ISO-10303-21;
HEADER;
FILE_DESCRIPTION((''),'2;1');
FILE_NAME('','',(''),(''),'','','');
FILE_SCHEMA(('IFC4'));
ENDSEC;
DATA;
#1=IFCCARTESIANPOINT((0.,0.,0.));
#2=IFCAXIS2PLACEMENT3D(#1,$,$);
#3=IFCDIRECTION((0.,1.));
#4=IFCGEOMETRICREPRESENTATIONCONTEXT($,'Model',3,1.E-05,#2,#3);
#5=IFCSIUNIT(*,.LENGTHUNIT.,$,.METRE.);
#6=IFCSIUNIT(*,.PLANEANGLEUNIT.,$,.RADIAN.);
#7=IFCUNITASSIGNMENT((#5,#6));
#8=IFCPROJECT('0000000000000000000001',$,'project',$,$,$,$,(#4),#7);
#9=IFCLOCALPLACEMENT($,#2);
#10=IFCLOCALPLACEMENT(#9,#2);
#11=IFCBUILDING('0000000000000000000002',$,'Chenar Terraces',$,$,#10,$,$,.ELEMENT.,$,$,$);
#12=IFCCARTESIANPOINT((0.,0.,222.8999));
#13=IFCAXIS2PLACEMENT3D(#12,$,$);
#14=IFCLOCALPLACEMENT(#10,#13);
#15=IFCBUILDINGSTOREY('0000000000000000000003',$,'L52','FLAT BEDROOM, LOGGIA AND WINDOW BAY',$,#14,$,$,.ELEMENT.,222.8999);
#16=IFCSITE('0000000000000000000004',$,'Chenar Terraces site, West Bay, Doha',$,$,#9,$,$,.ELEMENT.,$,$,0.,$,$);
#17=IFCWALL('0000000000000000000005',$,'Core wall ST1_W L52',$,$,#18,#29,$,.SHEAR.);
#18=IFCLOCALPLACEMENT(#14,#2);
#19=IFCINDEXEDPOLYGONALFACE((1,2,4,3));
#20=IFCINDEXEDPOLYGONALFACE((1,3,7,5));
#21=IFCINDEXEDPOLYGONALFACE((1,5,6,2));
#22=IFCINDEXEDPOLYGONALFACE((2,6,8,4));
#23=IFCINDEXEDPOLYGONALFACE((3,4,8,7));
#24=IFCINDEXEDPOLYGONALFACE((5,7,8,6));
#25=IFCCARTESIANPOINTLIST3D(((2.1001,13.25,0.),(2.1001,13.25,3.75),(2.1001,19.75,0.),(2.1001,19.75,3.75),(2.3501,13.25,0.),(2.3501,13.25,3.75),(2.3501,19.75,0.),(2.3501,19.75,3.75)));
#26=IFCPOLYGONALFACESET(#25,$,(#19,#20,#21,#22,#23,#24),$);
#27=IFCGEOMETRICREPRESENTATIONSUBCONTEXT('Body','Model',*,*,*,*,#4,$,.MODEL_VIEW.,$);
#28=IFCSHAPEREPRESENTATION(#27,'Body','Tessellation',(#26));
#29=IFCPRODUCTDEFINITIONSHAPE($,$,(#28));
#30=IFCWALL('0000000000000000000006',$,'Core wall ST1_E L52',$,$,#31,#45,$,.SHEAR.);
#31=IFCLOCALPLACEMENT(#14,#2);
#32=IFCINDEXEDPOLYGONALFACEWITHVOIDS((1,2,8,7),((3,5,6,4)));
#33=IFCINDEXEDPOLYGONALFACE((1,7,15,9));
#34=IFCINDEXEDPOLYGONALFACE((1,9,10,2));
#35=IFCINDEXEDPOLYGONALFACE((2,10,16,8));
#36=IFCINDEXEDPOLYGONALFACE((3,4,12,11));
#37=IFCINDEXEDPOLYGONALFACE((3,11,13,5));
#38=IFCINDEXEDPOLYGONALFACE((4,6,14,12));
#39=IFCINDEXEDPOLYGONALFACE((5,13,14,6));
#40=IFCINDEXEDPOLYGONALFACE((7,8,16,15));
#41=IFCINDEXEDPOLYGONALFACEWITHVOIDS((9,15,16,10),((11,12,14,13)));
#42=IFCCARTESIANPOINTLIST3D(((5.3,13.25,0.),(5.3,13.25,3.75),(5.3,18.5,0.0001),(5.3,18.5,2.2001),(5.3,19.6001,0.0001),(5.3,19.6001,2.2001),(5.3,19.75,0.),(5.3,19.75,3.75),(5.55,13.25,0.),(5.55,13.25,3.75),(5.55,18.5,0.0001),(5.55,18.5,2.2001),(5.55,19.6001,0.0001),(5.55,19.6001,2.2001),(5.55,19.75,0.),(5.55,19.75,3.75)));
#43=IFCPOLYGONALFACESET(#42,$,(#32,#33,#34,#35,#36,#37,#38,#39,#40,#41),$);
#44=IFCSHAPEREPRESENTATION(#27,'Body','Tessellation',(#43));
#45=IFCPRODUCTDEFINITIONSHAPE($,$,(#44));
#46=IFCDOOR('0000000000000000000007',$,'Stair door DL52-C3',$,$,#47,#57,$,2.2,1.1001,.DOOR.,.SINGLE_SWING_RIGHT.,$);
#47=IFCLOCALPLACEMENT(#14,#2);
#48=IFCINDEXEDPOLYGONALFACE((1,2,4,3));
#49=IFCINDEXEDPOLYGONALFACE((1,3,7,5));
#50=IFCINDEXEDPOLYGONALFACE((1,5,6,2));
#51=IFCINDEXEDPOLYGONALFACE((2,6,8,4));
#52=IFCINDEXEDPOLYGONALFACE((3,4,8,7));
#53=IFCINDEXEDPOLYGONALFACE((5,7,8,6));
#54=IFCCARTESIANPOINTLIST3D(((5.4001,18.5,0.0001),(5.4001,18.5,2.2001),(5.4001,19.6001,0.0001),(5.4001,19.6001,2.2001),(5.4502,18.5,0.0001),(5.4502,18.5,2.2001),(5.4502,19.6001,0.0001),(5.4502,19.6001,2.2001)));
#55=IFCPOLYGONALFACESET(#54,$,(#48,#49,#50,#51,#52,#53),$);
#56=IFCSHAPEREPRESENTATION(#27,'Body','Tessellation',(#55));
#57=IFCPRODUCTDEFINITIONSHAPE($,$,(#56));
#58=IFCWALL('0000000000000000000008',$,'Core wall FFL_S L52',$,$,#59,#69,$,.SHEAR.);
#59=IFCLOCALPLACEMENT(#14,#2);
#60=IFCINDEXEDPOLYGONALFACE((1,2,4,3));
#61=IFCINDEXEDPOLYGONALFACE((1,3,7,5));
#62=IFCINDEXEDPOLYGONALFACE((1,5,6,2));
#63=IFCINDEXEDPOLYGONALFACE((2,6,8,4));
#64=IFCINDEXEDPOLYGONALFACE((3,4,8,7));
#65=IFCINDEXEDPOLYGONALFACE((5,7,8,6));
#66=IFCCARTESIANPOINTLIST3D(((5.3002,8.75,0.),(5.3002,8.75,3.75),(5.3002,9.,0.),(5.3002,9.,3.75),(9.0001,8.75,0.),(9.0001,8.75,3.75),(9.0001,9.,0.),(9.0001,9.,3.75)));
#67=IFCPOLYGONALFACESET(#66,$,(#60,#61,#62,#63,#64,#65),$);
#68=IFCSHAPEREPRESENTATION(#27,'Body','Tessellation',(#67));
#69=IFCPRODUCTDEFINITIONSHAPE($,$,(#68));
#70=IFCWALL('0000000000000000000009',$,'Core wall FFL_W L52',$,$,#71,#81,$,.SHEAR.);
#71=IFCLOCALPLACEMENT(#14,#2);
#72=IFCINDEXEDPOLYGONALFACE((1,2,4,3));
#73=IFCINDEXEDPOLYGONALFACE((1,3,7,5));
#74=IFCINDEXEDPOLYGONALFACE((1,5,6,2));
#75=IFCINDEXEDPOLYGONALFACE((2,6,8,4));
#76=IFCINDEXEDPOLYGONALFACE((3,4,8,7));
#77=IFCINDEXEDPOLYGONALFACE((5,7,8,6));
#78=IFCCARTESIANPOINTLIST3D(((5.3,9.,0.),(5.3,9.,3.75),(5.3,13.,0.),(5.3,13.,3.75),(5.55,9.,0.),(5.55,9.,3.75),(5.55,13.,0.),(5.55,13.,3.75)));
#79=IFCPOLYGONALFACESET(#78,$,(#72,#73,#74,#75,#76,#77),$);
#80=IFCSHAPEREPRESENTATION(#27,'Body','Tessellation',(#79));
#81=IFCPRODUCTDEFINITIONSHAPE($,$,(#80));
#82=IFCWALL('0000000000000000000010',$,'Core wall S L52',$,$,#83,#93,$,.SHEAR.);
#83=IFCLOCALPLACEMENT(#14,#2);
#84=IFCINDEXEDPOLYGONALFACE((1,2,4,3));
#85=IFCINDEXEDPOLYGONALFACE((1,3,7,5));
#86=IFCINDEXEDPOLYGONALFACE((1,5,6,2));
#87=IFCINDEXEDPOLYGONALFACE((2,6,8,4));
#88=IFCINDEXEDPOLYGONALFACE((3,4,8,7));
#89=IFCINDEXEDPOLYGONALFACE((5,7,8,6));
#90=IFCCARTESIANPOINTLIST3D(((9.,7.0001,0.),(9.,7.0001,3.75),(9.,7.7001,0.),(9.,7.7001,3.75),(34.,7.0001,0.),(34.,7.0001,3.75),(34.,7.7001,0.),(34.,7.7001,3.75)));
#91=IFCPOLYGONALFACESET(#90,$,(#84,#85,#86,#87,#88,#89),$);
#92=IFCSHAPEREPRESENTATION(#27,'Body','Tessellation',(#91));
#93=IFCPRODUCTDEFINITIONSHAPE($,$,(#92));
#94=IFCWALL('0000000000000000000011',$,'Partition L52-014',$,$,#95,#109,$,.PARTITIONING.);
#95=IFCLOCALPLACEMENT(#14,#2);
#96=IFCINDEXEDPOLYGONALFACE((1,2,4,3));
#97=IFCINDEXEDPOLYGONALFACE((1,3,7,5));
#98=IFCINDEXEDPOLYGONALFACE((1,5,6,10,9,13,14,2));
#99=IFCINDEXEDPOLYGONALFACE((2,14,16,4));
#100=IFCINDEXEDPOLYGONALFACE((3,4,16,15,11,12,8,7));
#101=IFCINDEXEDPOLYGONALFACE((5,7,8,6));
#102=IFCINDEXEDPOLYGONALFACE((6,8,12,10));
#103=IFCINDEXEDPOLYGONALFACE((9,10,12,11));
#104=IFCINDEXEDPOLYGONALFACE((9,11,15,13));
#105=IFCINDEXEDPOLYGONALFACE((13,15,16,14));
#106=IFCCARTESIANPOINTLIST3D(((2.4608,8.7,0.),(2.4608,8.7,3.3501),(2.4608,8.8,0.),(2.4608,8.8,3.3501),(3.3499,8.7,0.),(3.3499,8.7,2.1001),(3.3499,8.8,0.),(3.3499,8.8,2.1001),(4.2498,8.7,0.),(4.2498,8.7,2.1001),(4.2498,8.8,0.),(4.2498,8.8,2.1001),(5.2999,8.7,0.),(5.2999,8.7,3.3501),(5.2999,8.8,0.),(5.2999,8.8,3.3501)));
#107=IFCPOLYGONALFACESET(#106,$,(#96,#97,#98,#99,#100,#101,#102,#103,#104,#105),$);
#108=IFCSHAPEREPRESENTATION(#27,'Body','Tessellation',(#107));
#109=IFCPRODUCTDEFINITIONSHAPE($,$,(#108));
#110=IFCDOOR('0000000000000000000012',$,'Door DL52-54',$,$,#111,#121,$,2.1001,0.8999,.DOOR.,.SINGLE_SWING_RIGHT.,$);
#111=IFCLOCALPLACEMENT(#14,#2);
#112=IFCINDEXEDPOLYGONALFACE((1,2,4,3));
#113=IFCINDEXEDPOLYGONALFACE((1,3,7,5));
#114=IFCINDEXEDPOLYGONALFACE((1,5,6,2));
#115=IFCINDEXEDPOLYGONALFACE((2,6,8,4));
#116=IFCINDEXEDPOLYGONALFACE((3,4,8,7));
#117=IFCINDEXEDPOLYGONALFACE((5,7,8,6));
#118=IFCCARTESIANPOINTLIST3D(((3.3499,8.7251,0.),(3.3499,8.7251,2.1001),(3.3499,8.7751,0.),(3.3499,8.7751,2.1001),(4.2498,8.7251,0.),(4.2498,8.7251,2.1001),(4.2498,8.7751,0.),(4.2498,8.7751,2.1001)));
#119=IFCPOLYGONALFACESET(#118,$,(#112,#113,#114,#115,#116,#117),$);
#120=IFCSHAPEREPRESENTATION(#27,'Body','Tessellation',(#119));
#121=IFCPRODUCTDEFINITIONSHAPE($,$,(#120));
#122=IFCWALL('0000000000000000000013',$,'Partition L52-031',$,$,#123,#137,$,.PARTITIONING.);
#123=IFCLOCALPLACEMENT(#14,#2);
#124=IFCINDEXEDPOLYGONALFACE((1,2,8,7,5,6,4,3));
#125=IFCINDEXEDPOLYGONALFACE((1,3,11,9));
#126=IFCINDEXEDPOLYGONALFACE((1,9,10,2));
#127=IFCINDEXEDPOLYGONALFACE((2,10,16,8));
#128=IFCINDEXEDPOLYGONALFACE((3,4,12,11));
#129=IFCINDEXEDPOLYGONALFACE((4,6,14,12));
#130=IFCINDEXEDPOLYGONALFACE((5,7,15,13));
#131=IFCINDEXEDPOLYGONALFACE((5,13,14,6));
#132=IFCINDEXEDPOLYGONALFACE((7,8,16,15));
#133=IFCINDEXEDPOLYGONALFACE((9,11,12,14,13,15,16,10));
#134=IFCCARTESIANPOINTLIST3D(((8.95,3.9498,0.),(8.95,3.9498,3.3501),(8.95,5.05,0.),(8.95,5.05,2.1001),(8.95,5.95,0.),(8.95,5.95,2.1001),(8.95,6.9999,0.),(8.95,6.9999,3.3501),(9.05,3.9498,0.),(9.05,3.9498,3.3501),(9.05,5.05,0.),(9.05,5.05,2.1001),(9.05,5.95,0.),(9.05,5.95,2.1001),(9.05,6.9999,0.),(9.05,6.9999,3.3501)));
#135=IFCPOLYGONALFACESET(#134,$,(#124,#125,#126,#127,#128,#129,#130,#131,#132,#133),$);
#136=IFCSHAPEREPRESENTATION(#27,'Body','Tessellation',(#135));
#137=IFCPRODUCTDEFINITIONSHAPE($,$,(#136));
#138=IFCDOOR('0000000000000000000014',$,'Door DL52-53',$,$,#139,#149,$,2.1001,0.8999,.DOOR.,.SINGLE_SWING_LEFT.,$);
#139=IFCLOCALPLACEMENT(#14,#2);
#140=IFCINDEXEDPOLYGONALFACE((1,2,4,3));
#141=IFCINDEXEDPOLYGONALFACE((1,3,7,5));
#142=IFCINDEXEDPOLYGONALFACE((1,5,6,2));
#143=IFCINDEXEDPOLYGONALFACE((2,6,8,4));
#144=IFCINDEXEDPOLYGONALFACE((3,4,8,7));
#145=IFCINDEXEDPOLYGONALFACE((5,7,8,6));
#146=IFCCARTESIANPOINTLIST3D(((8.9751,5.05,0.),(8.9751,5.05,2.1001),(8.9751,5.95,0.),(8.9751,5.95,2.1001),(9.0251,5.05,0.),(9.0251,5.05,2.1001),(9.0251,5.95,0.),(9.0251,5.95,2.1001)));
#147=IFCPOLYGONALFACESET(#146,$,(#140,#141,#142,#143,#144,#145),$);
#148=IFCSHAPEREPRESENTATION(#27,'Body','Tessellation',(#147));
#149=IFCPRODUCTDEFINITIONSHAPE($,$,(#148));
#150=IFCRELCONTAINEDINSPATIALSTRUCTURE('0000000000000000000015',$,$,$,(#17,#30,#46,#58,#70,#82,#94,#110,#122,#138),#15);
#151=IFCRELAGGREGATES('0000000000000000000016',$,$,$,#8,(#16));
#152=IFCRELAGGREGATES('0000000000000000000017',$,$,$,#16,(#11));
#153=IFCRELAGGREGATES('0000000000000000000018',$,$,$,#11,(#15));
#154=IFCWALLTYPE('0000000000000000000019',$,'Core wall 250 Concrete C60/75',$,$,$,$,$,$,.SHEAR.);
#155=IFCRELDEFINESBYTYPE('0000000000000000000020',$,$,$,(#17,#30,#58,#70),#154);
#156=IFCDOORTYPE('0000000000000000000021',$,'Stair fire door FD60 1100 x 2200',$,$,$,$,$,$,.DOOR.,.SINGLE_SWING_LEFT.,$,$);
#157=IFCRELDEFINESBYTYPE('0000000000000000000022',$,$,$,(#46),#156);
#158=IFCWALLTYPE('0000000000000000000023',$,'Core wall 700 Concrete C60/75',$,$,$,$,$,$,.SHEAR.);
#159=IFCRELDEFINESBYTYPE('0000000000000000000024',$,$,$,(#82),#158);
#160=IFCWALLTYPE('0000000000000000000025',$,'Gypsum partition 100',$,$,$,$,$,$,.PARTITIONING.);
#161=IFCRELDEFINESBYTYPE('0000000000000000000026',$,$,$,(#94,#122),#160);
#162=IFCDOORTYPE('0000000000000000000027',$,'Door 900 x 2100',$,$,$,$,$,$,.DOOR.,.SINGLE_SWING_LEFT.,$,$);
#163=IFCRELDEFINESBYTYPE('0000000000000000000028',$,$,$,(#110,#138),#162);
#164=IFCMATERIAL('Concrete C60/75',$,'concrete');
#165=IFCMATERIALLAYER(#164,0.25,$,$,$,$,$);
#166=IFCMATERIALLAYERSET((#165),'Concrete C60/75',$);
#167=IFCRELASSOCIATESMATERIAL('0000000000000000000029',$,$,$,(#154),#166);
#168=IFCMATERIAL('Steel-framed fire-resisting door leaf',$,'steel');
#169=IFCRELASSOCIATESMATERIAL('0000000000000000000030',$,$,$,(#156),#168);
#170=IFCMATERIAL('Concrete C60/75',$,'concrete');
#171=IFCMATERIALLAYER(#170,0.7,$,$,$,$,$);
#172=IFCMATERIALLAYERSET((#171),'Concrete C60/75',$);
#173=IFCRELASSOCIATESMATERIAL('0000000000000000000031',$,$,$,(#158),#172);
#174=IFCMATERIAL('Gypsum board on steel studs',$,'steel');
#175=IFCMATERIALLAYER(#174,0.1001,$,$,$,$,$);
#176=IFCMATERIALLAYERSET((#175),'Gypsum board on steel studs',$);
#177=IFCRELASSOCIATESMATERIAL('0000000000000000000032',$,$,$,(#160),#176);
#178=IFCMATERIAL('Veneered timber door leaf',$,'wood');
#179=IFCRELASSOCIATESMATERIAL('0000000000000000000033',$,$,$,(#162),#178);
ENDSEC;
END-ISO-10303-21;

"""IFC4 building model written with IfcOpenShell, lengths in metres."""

from ifc_helpers import new_model, si_unit, direction, frame, frame_2d, origin, place, context, subcontext, project, spatial, rectangle, extrude, material, layer, layer_set, type_object, element, fill, save


model = new_model("IFC4")

# Units and contexts
model_context = context("Model", 3, precision=1e-05, world=origin(), true_north=direction((0.0, 1.0)))
body_context = subcontext(model_context, "Body", "Model", "MODEL_VIEW")
ifc_project = project(units=[si_unit("LENGTHUNIT", "METRE"), si_unit("PLANEANGLEUNIT", "RADIAN")], contexts=[model_context])

# Site, building, storey
site_placement = place(None, origin())
site = spatial("IfcSite", under=ifc_project, at=site_placement, Name="Chenar Terraces site, West Bay, Doha", CompositionType="ELEMENT", RefElevation=0.0)
building_placement = place(site_placement, origin())
building = spatial("IfcBuilding", under=site, at=building_placement, Name="Chenar Terraces", CompositionType="ELEMENT")
storey_placement = place(building_placement, frame((0.0, 0.0, 222.8999)))
storey = spatial("IfcBuildingStorey", under=building, at=storey_placement, Name="L52", Description="FLAT BEDROOM, LOGGIA AND WINDOW BAY", CompositionType="ELEMENT", Elevation=222.8999)

# Wall
ifc_material_1 = material(Name="Concrete C60/75", Category="concrete")
ifc_layer_1 = layer(ifc_material_1, 0.25)
ifc_layer_set_1 = layer_set([ifc_layer_1], Name="Concrete C60/75")
wall_type_1 = type_object("IfcWallType", Name="Core wall 250 Concrete C60/75", PredefinedType="SHEAR", material=ifc_layer_set_1)
wall_1_placement = place(storey_placement, frame((2.2251, 13.25, 0.0), z_axis=(0.0, 0.0, 1.0), x_axis=(0.0, 1.0, 0.0)))
element("IfcWall", 1, at=wall_1_placement, inside=storey, type_object=wall_type_1, Name="Core wall ST1_W L52", PredefinedType="SHEAR", context=body_context, shape_type="SweptSolid", body=[
    extrude(rectangle(XDim=6.5, YDim=0.25, at=frame_2d((3.25, 0.0))), origin(), (0.0, 0.0, 1.0), 3.75),
])

# Wall, opening, door
wall_2_placement = place(storey_placement, frame((5.425, 13.25, 0.0), z_axis=(0.0, 0.0, 1.0), x_axis=(0.0, 1.0, 0.0)))
wall_2 = element("IfcWall", 2, at=wall_2_placement, inside=storey, type_object=wall_type_1, Name="Core wall ST1_E L52", PredefinedType="SHEAR", context=body_context, shape_type="SweptSolid", body=[
    extrude(rectangle(XDim=6.5, YDim=0.25, at=frame_2d((3.25, 0.0))), origin(), (0.0, 0.0, 1.0), 3.75),
])
opening_1_placement = place(wall_2_placement, frame((5.25, 0.0, 0.0)))
opening_1 = element("IfcOpeningElement", 3, at=opening_1_placement, cuts=wall_2, PredefinedType="OPENING", context=body_context, shape_type="SweptSolid", body=[
    extrude(rectangle(XDim=1.1001, YDim=2.2, at=frame_2d((0.55, 1.1001))), frame((0.0, 0.135, 0.0), z_axis=(0.0, -1.0, 0.0), x_axis=(1.0, 0.0, 0.0)), (0.0, 0.0, 1.0), 0.27),
])
ifc_material_2 = material(Name="Steel-framed fire-resisting door leaf", Category="steel")
door_type_1 = type_object("IfcDoorType", Name="Stair fire door FD60 1100 x 2200", OperationType="SINGLE_SWING_LEFT", PredefinedType="DOOR", material=ifc_material_2)
door_1_placement = place(opening_1_placement, origin())
door_1 = element("IfcDoor", 4, at=door_1_placement, inside=storey, type_object=door_type_1, Name="Stair door DL52-C3", OperationType="SINGLE_SWING_RIGHT", OverallHeight=2.2, OverallWidth=1.1001, PredefinedType="DOOR", context=body_context, shape_type="SweptSolid", body=[
    extrude(rectangle(XDim=1.1001, YDim=2.2, at=frame_2d((0.55, 1.1001))), frame((0.0, 0.0249, 0.0), z_axis=(0.0, -1.0, 0.0), x_axis=(1.0, 0.0, 0.0)), (0.0, 0.0, 1.0), 0.05),
])
fill(opening_1, door_1)

# Walls
wall_3_placement = place(storey_placement, frame((5.3, 8.875, 0.0), z_axis=(0.0, 0.0, 1.0), x_axis=(1.0, 0.0, 0.0)))
element("IfcWall", 5, at=wall_3_placement, inside=storey, type_object=wall_type_1, Name="Core wall FFL_S L52", PredefinedType="SHEAR", context=body_context, shape_type="SweptSolid", body=[
    extrude(rectangle(XDim=3.7, YDim=0.25, at=frame_2d((1.8501, 0.0))), origin(), (0.0, 0.0, 1.0), 3.75),
])
wall_4_placement = place(storey_placement, frame((5.425, 9.0, 0.0), z_axis=(0.0, 0.0, 1.0), x_axis=(0.0, 1.0, 0.0)))
element("IfcWall", 6, at=wall_4_placement, inside=storey, type_object=wall_type_1, Name="Core wall FFL_W L52", PredefinedType="SHEAR", context=body_context, shape_type="SweptSolid", body=[
    extrude(rectangle(XDim=4.0, YDim=0.25, at=frame_2d((2.0, 0.0))), origin(), (0.0, 0.0, 1.0), 3.75),
])
ifc_material_3 = material(Name="Concrete C60/75", Category="concrete")
ifc_layer_2 = layer(ifc_material_3, 0.7)
ifc_layer_set_2 = layer_set([ifc_layer_2], Name="Concrete C60/75")
wall_type_2 = type_object("IfcWallType", Name="Core wall 700 Concrete C60/75", PredefinedType="SHEAR", material=ifc_layer_set_2)
wall_5_placement = place(storey_placement, frame((9.0, 7.3501, 0.0), z_axis=(0.0, 0.0, 1.0), x_axis=(1.0, 0.0, 0.0)))
element("IfcWall", 7, at=wall_5_placement, inside=storey, type_object=wall_type_2, Name="Core wall S L52", PredefinedType="SHEAR", context=body_context, shape_type="SweptSolid", body=[
    extrude(rectangle(XDim=25.0, YDim=0.7, at=frame_2d((12.5, 0.0))), origin(), (0.0, 0.0, 1.0), 3.75),
])

# Walls, openings, doors
ifc_material_4 = material(Name="Gypsum board on steel studs", Category="steel")
ifc_layer_3 = layer(ifc_material_4, 0.1001)
ifc_layer_set_3 = layer_set([ifc_layer_3], Name="Gypsum board on steel studs")
wall_type_3 = type_object("IfcWallType", Name="Gypsum partition 100", PredefinedType="PARTITIONING", material=ifc_layer_set_3)
wall_6_placement = place(storey_placement, frame((2.4609, 8.75, 0.0), z_axis=(0.0, 0.0, 1.0), x_axis=(1.0, 0.0, 0.0)))
wall_6 = element("IfcWall", 8, at=wall_6_placement, inside=storey, type_object=wall_type_3, Name="Partition L52-014", PredefinedType="PARTITIONING", context=body_context, shape_type="SweptSolid", body=[
    extrude(rectangle(XDim=2.8391, YDim=0.1001, at=frame_2d((1.4194, 0.0))), origin(), (0.0, 0.0, 1.0), 3.3501),
])
opening_2_placement = place(wall_6_placement, frame((0.8889, 0.0, 0.0)))
opening_2 = element("IfcOpeningElement", 9, at=opening_2_placement, cuts=wall_6, PredefinedType="OPENING", context=body_context, shape_type="SweptSolid", body=[
    extrude(rectangle(XDim=0.8999, YDim=2.1001, at=frame_2d((0.45, 1.05))), frame((0.0, 0.0601, 0.0), z_axis=(0.0, -1.0, 0.0), x_axis=(1.0, 0.0, 0.0)), (0.0, 0.0, 1.0), 0.1201),
])
ifc_material_5 = material(Name="Veneered timber door leaf", Category="wood")
door_type_2 = type_object("IfcDoorType", Name="Door 900 x 2100", OperationType="SINGLE_SWING_LEFT", PredefinedType="DOOR", material=ifc_material_5)
door_2_placement = place(opening_2_placement, frame((0.8999, 0.0, 0.0), z_axis=(0.0, 0.0, 1.0), x_axis=(-1.0, 0.0, 0.0)))
door_2 = element("IfcDoor", 10, at=door_2_placement, inside=storey, type_object=door_type_2, Name="Door DL52-54", OperationType="SINGLE_SWING_RIGHT", OverallHeight=2.1001, OverallWidth=0.8999, PredefinedType="DOOR", context=body_context, shape_type="SweptSolid", body=[
    extrude(rectangle(XDim=0.8999, YDim=2.1001, at=frame_2d((0.45, 1.05))), frame((0.0, 0.0249, 0.0), z_axis=(0.0, -1.0, 0.0), x_axis=(1.0, 0.0, 0.0)), (0.0, 0.0, 1.0), 0.05),
])
fill(opening_2, door_2)
wall_7_placement = place(storey_placement, frame((9.0, 3.95, 0.0), z_axis=(0.0, 0.0, 1.0), x_axis=(0.0, 1.0, 0.0)))
wall_7 = element("IfcWall", 11, at=wall_7_placement, inside=storey, type_object=wall_type_3, Name="Partition L52-031", PredefinedType="PARTITIONING", context=body_context, shape_type="SweptSolid", body=[
    extrude(rectangle(XDim=3.05, YDim=0.1001, at=frame_2d((1.5249, 0.0))), origin(), (0.0, 0.0, 1.0), 3.3501),
])
opening_3_placement = place(wall_7_placement, frame((1.1001, 0.0, 0.0)))
opening_3 = element("IfcOpeningElement", 12, at=opening_3_placement, cuts=wall_7, PredefinedType="OPENING", context=body_context, shape_type="SweptSolid", body=[
    extrude(rectangle(XDim=0.8999, YDim=2.1001, at=frame_2d((0.45, 1.05))), frame((0.0, 0.0601, 0.0), z_axis=(0.0, -1.0, 0.0), x_axis=(1.0, 0.0, 0.0)), (0.0, 0.0, 1.0), 0.1201),
])
door_3_placement = place(opening_3_placement, origin())
door_3 = element("IfcDoor", 13, at=door_3_placement, inside=storey, type_object=door_type_2, Name="Door DL52-53", OperationType="SINGLE_SWING_LEFT", OverallHeight=2.1001, OverallWidth=0.8999, PredefinedType="DOOR", context=body_context, shape_type="SweptSolid", body=[
    extrude(rectangle(XDim=0.8999, YDim=2.1001, at=frame_2d((0.45, 1.05))), frame((0.0, 0.0249, 0.0), z_axis=(0.0, -1.0, 0.0), x_axis=(1.0, 0.0, 0.0)), (0.0, 0.0, 1.0), 0.05),
])
fill(opening_3, door_3)

save(model, "model.ifc")
